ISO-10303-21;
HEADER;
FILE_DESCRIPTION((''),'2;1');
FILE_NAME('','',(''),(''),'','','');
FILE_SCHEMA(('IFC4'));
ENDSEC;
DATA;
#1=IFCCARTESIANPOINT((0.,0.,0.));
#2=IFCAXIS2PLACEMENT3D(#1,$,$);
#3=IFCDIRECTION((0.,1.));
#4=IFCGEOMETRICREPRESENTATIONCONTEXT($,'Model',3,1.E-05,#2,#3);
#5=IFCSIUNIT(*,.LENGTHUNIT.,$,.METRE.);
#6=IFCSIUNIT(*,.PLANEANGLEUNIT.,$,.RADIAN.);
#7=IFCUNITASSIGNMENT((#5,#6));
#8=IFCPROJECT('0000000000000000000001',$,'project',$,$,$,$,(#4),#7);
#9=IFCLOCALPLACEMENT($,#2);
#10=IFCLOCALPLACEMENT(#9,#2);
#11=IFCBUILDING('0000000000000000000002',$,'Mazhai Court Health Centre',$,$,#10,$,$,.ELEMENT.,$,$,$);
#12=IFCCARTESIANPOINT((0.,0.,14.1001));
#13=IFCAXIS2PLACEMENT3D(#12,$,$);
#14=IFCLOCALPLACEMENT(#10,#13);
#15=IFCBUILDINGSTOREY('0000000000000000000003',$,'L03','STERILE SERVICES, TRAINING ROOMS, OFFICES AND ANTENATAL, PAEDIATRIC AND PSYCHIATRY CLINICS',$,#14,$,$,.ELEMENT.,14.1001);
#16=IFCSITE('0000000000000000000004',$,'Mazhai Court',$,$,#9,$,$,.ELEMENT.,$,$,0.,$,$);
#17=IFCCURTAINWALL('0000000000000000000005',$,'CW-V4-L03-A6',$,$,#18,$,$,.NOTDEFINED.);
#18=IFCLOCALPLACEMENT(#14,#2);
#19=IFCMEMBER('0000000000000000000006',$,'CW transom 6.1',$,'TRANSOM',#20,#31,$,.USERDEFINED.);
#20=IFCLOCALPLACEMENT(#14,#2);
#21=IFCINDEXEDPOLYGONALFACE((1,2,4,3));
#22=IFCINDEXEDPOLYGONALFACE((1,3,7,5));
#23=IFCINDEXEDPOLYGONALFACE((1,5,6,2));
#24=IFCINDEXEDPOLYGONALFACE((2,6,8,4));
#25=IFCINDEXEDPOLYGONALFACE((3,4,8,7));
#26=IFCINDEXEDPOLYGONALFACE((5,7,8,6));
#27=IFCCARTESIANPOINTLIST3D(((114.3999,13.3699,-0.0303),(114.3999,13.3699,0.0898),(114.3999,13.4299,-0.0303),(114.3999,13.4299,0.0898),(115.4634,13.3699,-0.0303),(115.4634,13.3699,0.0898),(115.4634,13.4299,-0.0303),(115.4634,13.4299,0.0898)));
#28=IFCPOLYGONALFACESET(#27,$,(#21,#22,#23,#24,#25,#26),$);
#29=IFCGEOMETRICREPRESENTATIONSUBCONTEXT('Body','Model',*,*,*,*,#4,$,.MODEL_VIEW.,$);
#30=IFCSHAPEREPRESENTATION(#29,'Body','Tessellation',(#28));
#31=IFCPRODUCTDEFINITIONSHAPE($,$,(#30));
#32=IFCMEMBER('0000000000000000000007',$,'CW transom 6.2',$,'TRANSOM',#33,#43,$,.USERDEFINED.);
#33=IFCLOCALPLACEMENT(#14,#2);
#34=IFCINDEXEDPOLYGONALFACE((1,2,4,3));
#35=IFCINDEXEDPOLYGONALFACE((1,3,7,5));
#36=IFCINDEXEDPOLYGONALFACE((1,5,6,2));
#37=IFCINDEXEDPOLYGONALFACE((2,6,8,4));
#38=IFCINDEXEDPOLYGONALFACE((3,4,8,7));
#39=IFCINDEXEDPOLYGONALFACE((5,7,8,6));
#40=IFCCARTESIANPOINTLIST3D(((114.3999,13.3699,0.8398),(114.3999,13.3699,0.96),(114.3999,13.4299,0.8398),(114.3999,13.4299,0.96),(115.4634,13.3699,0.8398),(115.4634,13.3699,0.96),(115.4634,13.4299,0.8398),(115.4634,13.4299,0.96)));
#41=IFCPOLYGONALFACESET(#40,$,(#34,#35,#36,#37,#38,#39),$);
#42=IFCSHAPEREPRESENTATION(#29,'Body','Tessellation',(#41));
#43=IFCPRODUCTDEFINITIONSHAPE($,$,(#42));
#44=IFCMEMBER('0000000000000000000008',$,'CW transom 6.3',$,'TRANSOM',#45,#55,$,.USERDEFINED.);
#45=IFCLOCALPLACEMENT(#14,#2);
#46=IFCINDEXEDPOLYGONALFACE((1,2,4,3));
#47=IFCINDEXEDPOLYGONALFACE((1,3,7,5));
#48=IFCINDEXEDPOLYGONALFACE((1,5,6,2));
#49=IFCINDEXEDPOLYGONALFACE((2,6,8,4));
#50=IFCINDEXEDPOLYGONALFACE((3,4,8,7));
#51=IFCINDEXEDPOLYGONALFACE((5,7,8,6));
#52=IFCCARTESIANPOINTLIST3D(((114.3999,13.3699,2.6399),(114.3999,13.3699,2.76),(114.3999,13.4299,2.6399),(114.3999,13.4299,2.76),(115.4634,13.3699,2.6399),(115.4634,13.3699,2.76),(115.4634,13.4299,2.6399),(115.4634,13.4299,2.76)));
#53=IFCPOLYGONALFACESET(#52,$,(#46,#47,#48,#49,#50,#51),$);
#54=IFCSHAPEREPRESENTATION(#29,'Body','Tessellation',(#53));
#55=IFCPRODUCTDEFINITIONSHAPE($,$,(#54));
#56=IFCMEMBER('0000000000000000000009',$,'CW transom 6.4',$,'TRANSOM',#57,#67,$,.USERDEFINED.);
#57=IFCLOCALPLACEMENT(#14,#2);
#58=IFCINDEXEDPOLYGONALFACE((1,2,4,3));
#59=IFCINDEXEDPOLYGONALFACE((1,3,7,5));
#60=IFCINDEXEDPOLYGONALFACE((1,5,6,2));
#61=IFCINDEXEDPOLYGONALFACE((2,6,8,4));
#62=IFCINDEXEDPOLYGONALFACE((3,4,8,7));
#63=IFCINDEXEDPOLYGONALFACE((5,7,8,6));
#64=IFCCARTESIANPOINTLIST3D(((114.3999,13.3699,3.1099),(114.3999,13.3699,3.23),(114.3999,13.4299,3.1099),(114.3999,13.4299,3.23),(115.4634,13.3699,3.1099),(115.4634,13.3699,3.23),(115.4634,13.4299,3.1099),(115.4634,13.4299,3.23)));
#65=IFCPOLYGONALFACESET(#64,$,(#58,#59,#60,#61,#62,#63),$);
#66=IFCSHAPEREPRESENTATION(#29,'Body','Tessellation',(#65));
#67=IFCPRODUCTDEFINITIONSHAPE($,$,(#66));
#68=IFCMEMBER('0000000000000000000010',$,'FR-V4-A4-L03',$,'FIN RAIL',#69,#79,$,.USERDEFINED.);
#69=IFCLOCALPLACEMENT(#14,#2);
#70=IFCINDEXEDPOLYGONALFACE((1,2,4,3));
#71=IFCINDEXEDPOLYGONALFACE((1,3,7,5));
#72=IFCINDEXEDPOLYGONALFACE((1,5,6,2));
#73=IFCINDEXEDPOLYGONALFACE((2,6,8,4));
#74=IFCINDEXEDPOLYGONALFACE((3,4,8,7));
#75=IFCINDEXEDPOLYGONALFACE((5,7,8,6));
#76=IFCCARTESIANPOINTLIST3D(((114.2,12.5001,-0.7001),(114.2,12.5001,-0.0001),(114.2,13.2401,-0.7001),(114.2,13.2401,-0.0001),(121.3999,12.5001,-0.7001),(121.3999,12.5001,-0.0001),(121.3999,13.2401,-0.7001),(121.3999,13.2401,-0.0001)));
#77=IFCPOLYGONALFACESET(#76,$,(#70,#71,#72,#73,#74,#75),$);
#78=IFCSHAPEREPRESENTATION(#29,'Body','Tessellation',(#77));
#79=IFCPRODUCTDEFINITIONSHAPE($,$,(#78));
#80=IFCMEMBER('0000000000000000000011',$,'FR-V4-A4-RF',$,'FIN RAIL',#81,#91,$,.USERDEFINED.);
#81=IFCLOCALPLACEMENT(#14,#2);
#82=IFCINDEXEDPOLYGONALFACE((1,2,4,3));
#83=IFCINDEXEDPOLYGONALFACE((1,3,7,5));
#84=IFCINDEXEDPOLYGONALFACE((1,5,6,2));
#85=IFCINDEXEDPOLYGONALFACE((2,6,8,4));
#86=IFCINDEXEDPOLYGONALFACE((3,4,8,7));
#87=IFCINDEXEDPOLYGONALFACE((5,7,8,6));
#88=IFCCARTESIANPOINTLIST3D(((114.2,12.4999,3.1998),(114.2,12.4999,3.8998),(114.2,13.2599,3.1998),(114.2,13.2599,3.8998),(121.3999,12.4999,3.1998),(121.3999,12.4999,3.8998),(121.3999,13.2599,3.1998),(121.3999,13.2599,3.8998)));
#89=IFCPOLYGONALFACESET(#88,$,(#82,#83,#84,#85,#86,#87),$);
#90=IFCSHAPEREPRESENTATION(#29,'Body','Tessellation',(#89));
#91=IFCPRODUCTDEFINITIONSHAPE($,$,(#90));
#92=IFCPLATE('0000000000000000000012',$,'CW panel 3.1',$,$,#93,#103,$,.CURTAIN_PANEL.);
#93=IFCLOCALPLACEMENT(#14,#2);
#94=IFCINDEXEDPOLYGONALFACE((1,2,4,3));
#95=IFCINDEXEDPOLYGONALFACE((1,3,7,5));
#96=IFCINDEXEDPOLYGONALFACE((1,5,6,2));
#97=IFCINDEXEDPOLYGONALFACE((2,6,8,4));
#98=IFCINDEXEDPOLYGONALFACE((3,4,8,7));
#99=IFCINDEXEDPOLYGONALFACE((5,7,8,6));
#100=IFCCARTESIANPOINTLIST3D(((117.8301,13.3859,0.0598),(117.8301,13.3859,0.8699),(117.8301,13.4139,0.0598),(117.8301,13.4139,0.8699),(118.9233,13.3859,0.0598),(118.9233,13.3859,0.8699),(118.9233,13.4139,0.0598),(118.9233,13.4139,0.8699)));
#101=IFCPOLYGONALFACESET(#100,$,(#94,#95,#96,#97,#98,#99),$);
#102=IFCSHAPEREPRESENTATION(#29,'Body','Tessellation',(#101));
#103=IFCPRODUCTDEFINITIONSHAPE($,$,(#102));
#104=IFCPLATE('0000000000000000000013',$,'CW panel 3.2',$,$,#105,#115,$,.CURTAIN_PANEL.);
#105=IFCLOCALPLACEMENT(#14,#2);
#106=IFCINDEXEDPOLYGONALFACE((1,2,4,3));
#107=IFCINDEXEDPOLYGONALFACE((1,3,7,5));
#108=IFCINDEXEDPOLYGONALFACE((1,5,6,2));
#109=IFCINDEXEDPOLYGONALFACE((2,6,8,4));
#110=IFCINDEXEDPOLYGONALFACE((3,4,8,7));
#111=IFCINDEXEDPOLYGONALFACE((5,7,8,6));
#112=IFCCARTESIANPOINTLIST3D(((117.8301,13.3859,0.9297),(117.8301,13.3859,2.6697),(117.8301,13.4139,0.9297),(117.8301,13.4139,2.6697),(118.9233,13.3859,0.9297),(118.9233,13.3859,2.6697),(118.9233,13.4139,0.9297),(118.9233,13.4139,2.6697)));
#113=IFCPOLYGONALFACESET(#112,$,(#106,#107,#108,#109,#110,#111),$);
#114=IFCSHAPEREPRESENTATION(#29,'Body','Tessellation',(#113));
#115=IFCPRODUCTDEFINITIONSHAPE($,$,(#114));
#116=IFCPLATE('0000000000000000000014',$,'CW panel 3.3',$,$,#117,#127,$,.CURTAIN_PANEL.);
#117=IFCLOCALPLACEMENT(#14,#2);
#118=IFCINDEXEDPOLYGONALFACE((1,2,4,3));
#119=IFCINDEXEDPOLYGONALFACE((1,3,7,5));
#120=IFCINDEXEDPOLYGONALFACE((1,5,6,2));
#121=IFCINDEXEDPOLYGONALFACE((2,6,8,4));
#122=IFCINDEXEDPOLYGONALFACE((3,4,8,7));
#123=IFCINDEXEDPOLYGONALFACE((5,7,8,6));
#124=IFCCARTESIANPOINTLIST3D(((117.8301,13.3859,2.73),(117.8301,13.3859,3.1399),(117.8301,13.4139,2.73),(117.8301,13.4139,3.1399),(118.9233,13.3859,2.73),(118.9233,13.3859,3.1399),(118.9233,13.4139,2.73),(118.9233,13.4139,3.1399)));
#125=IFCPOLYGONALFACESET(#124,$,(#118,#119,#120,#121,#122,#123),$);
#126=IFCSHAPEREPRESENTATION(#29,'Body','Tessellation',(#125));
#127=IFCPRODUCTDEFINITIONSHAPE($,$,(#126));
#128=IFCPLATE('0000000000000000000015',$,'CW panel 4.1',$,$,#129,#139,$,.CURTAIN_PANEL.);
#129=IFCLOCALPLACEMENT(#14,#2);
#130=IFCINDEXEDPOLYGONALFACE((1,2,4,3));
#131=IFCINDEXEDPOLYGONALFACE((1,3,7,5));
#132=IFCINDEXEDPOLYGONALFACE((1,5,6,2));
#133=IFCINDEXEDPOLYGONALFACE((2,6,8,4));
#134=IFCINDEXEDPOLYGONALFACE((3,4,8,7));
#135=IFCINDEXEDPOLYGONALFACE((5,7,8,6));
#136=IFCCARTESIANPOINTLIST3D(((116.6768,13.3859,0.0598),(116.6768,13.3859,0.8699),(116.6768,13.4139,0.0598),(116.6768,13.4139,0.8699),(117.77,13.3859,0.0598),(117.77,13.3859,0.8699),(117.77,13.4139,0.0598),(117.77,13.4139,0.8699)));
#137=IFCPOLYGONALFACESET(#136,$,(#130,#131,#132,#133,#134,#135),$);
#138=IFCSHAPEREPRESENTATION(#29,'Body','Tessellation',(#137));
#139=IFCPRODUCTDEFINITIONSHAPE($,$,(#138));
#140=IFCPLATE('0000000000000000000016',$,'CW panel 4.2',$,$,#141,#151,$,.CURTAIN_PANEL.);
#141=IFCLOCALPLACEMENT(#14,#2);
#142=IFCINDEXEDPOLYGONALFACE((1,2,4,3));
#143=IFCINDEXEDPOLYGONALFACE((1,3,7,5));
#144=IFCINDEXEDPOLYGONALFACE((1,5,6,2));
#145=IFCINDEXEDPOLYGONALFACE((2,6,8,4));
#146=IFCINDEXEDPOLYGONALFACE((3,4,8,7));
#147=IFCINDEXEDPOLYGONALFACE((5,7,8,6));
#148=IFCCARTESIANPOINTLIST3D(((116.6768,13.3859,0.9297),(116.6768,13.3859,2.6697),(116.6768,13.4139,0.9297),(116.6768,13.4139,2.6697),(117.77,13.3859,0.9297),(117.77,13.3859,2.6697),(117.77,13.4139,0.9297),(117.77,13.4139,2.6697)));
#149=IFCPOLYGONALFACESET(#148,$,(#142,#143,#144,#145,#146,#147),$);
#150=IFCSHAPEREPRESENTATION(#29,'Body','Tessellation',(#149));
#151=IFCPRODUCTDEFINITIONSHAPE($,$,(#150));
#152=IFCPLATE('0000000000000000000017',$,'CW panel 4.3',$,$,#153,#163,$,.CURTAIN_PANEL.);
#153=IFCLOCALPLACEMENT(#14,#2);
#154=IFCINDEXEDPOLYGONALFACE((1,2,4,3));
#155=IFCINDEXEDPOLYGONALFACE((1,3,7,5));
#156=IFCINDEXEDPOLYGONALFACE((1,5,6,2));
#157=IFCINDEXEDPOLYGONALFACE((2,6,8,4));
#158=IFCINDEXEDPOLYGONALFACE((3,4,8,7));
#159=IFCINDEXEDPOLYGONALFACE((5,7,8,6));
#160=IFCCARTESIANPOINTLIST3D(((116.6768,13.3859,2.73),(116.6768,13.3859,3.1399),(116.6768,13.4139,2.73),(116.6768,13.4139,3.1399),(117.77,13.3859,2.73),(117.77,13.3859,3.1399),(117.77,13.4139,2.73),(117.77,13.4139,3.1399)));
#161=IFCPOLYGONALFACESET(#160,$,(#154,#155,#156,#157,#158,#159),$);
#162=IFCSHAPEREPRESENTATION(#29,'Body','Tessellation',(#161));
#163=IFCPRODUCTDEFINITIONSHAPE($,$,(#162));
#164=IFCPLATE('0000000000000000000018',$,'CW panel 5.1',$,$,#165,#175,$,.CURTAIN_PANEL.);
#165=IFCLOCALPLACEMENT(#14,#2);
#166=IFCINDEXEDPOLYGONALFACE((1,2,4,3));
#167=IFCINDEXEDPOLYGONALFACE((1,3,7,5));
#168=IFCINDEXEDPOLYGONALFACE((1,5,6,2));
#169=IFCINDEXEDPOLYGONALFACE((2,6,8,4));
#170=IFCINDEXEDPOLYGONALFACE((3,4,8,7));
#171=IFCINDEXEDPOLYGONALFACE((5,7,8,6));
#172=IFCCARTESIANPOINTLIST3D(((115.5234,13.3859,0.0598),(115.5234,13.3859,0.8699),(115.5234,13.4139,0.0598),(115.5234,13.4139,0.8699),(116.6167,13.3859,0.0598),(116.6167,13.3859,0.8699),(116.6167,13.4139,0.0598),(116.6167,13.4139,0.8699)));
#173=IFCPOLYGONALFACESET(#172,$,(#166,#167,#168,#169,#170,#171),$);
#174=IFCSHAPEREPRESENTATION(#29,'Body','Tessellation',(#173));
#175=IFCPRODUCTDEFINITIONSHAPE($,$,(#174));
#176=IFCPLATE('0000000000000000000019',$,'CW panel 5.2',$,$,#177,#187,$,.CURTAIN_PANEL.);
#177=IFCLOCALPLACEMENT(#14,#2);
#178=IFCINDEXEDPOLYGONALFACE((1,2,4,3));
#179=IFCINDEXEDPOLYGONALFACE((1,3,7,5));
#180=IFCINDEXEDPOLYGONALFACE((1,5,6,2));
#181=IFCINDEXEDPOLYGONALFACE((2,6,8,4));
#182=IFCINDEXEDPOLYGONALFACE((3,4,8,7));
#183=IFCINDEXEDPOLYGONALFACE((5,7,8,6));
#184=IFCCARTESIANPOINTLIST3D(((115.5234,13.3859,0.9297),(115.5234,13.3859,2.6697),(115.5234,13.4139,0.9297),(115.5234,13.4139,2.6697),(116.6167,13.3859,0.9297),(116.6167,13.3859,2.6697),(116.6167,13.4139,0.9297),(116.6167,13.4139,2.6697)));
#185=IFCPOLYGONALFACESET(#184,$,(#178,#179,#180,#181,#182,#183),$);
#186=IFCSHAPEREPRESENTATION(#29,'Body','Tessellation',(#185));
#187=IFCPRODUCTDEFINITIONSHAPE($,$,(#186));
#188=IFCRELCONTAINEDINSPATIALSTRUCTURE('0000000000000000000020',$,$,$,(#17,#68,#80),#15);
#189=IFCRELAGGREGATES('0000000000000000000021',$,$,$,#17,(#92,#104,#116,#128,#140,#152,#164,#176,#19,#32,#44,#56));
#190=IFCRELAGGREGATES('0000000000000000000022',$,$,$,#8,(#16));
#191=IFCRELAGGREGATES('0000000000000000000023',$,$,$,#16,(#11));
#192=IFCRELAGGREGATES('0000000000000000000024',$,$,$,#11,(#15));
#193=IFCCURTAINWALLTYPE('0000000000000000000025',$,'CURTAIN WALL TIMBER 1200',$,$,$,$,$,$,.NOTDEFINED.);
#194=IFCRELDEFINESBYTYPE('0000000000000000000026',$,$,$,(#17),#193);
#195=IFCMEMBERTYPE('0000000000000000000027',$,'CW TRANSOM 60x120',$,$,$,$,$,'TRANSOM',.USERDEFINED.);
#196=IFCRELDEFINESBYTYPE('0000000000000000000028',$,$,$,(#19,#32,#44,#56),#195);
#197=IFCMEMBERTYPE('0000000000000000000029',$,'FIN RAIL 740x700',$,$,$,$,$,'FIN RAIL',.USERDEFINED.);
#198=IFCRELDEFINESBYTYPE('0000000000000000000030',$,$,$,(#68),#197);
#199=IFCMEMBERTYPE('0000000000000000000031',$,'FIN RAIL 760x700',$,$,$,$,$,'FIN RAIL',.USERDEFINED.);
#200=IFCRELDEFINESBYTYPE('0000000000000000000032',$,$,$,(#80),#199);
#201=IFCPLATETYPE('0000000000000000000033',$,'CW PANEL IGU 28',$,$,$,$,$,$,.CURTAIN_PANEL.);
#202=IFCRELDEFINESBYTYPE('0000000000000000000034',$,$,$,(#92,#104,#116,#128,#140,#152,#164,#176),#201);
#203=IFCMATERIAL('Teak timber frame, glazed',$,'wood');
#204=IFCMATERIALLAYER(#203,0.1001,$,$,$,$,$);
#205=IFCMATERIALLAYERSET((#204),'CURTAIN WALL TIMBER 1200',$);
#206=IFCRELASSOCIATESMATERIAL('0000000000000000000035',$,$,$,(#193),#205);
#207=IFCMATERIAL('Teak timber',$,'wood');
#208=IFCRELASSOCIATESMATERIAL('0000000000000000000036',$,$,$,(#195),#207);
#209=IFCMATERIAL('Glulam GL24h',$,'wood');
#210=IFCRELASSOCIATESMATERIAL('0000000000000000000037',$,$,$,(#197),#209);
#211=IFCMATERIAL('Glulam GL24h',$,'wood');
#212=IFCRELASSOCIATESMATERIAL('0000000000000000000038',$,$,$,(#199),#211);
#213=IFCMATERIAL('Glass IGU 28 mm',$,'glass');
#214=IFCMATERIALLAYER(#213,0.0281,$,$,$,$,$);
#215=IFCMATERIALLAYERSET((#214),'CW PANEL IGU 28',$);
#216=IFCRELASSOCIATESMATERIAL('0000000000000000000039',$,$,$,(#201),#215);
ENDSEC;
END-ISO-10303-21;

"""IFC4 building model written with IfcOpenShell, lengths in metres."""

from ifc_helpers import new_model, si_unit, direction, frame, origin, origin_2d, place, context, subcontext, project, spatial, rectangle, extrude, material, layer, layer_set, material_profile, profile_set, type_object, element, aggregate, save


model = new_model("IFC4")

# Units and contexts
model_context = context("Model", 3, precision=1e-05, world=origin(), true_north=direction((0.0, 1.0)))
body_context = subcontext(model_context, "Body", "Model", "MODEL_VIEW")
ifc_project = project(units=[si_unit("LENGTHUNIT", "METRE"), si_unit("PLANEANGLEUNIT", "RADIAN")], contexts=[model_context])

# Site, building, storey
site_placement = place(None, origin())
site = spatial("IfcSite", under=ifc_project, at=site_placement, Name="Mazhai Court", CompositionType="ELEMENT", RefElevation=0.0)
building_placement = place(site_placement, origin())
building = spatial("IfcBuilding", under=site, at=building_placement, Name="Mazhai Court Health Centre", CompositionType="ELEMENT")
storey_placement = place(building_placement, frame((0.0, 0.0, 14.1001)))
storey = spatial("IfcBuildingStorey", under=building, at=storey_placement, Name="L03", Description="STERILE SERVICES, TRAINING ROOMS, OFFICES AND ANTENATAL, PAEDIATRIC AND PSYCHIATRY CLINICS", CompositionType="ELEMENT", Elevation=14.1001)

# Curtain wall, members
ifc_material_1 = material(Name="Teak timber frame, glazed", Category="wood")
ifc_layer_1 = layer(ifc_material_1, 0.1001)
ifc_layer_set_1 = layer_set([ifc_layer_1], Name="CURTAIN WALL TIMBER 1200")
curtain_wall_type = type_object("IfcCurtainWallType", Name="CURTAIN WALL TIMBER 1200", PredefinedType="NOTDEFINED", material=ifc_layer_set_1)
curtain_wall_placement = place(storey_placement, origin())
curtain_wall = element("IfcCurtainWall", 1, at=curtain_wall_placement, inside=storey, type_object=curtain_wall_type, Name="CW-V4-L03-A6", PredefinedType="NOTDEFINED")
ifc_material_2 = material(Name="Teak timber", Category="wood")
ifc_material_profile_1 = material_profile(ifc_material_2, rectangle(XDim=0.0601, YDim=0.1201, at=origin_2d()), Name="CW TRANSOM 60x120")
ifc_profile_set_1 = profile_set([ifc_material_profile_1], Name="Teak timber")
member_type_1 = type_object("IfcMemberType", Name="CW TRANSOM 60x120", ElementType="TRANSOM", PredefinedType="USERDEFINED", material=ifc_profile_set_1)
member_1_placement = place(storey_placement, frame((115.4634, 13.3999, 0.0298), z_axis=(-1.0, 0.0, 0.0), x_axis=(0.0, -1.0, 0.0)))
member_1 = element("IfcMember", 2, at=member_1_placement, type_object=member_type_1, Name="CW transom 6.1", ObjectType="TRANSOM", PredefinedType="USERDEFINED", context=body_context, shape_type="SweptSolid", body=[
    extrude(rectangle(XDim=0.0601, YDim=0.1201, at=origin_2d()), origin(), (0.0, 0.0, 1.0), 1.0635),
])
member_2_placement = place(storey_placement, frame((115.4634, 13.3999, 0.8999), z_axis=(-1.0, 0.0, 0.0), x_axis=(0.0, -1.0, 0.0)))
member_2 = element("IfcMember", 3, at=member_2_placement, type_object=member_type_1, Name="CW transom 6.2", ObjectType="TRANSOM", PredefinedType="USERDEFINED", context=body_context, shape_type="SweptSolid", body=[
    extrude(rectangle(XDim=0.0601, YDim=0.1201, at=origin_2d()), origin(), (0.0, 0.0, 1.0), 1.0635),
])
member_3_placement = place(storey_placement, frame((115.4634, 13.3999, 2.7), z_axis=(-1.0, 0.0, 0.0), x_axis=(0.0, -1.0, 0.0)))
member_3 = element("IfcMember", 4, at=member_3_placement, type_object=member_type_1, Name="CW transom 6.3", ObjectType="TRANSOM", PredefinedType="USERDEFINED", context=body_context, shape_type="SweptSolid", body=[
    extrude(rectangle(XDim=0.0601, YDim=0.1201, at=origin_2d()), origin(), (0.0, 0.0, 1.0), 1.0635),
])
member_4_placement = place(storey_placement, frame((115.4634, 13.3999, 3.1699), z_axis=(-1.0, 0.0, 0.0), x_axis=(0.0, -1.0, 0.0)))
member_4 = element("IfcMember", 5, at=member_4_placement, type_object=member_type_1, Name="CW transom 6.4", ObjectType="TRANSOM", PredefinedType="USERDEFINED", context=body_context, shape_type="SweptSolid", body=[
    extrude(rectangle(XDim=0.0601, YDim=0.1201, at=origin_2d()), origin(), (0.0, 0.0, 1.0), 1.0635),
])

# Members
ifc_material_3 = material(Name="Glulam GL24h", Category="wood")
ifc_material_profile_2 = material_profile(ifc_material_3, rectangle(XDim=0.74, YDim=0.7, at=origin_2d()), Name="FIN RAIL 740x700")
ifc_profile_set_2 = profile_set([ifc_material_profile_2], Name="Glulam GL24h")
member_type_2 = type_object("IfcMemberType", Name="FIN RAIL 740x700", ElementType="FIN RAIL", PredefinedType="USERDEFINED", material=ifc_profile_set_2)
member_5_placement = place(storey_placement, frame((121.3999, 12.8701, -0.3501), z_axis=(-1.0, 0.0, 0.0), x_axis=(0.0, -1.0, 0.0)))
element("IfcMember", 6, at=member_5_placement, inside=storey, type_object=member_type_2, Name="FR-V4-A4-L03", ObjectType="FIN RAIL", PredefinedType="USERDEFINED", context=body_context, shape_type="SweptSolid", body=[
    extrude(rectangle(XDim=0.74, YDim=0.7, at=origin_2d()), origin(), (0.0, 0.0, 1.0), 7.2),
])
ifc_material_4 = material(Name="Glulam GL24h", Category="wood")
ifc_material_profile_3 = material_profile(ifc_material_4, rectangle(XDim=0.76, YDim=0.7, at=origin_2d()), Name="FIN RAIL 760x700")
ifc_profile_set_3 = profile_set([ifc_material_profile_3], Name="Glulam GL24h")
member_type_3 = type_object("IfcMemberType", Name="FIN RAIL 760x700", ElementType="FIN RAIL", PredefinedType="USERDEFINED", material=ifc_profile_set_3)
member_6_placement = place(storey_placement, frame((121.3999, 12.8799, 3.5498), z_axis=(-1.0, 0.0, 0.0), x_axis=(0.0, -1.0, 0.0)))
element("IfcMember", 7, at=member_6_placement, inside=storey, type_object=member_type_3, Name="FR-V4-A4-RF", ObjectType="FIN RAIL", PredefinedType="USERDEFINED", context=body_context, shape_type="SweptSolid", body=[
    extrude(rectangle(XDim=0.76, YDim=0.7, at=origin_2d()), origin(), (0.0, 0.0, 1.0), 7.2),
])

# Plates
ifc_material_5 = material(Name="Glass IGU 28 mm", Category="glass")
ifc_layer_2 = layer(ifc_material_5, 0.0281)
ifc_layer_set_2 = layer_set([ifc_layer_2], Name="CW PANEL IGU 28")
plate_type = type_object("IfcPlateType", Name="CW PANEL IGU 28", PredefinedType="CURTAIN_PANEL", material=ifc_layer_set_2)
plate_1_placement = place(storey_placement, frame((118.3767, 13.3999, 0.0598), z_axis=(0.0, 0.0, 1.0), x_axis=(-1.0, 0.0, 0.0)))
plate_1 = element("IfcPlate", 8, at=plate_1_placement, type_object=plate_type, Name="CW panel 3.1", PredefinedType="CURTAIN_PANEL", context=body_context, shape_type="SweptSolid", body=[
    extrude(rectangle(XDim=1.0933, YDim=0.0281, at=origin_2d()), origin(), (0.0, 0.0, 1.0), 0.8101),
])
plate_2_placement = place(storey_placement, frame((118.3767, 13.3999, 0.9297), z_axis=(0.0, 0.0, 1.0), x_axis=(-1.0, 0.0, 0.0)))
plate_2 = element("IfcPlate", 9, at=plate_2_placement, type_object=plate_type, Name="CW panel 3.2", PredefinedType="CURTAIN_PANEL", context=body_context, shape_type="SweptSolid", body=[
    extrude(rectangle(XDim=1.0933, YDim=0.0281, at=origin_2d()), origin(), (0.0, 0.0, 1.0), 1.74),
])
plate_3_placement = place(storey_placement, frame((118.3767, 13.3999, 2.73), z_axis=(0.0, 0.0, 1.0), x_axis=(-1.0, 0.0, 0.0)))
plate_3 = element("IfcPlate", 10, at=plate_3_placement, type_object=plate_type, Name="CW panel 3.3", PredefinedType="CURTAIN_PANEL", context=body_context, shape_type="SweptSolid", body=[
    extrude(rectangle(XDim=1.0933, YDim=0.0281, at=origin_2d()), origin(), (0.0, 0.0, 1.0), 0.4099),
])
plate_4_placement = place(storey_placement, frame((117.2234, 13.3999, 0.0598), z_axis=(0.0, 0.0, 1.0), x_axis=(-1.0, 0.0, 0.0)))
plate_4 = element("IfcPlate", 11, at=plate_4_placement, type_object=plate_type, Name="CW panel 4.1", PredefinedType="CURTAIN_PANEL", context=body_context, shape_type="SweptSolid", body=[
    extrude(rectangle(XDim=1.0933, YDim=0.0281, at=origin_2d()), origin(), (0.0, 0.0, 1.0), 0.8101),
])
plate_5_placement = place(storey_placement, frame((117.2234, 13.3999, 0.9297), z_axis=(0.0, 0.0, 1.0), x_axis=(-1.0, 0.0, 0.0)))
plate_5 = element("IfcPlate", 12, at=plate_5_placement, type_object=plate_type, Name="CW panel 4.2", PredefinedType="CURTAIN_PANEL", context=body_context, shape_type="SweptSolid", body=[
    extrude(rectangle(XDim=1.0933, YDim=0.0281, at=origin_2d()), origin(), (0.0, 0.0, 1.0), 1.74),
])
plate_6_placement = place(storey_placement, frame((117.2234, 13.3999, 2.73), z_axis=(0.0, 0.0, 1.0), x_axis=(-1.0, 0.0, 0.0)))
plate_6 = element("IfcPlate", 13, at=plate_6_placement, type_object=plate_type, Name="CW panel 4.3", PredefinedType="CURTAIN_PANEL", context=body_context, shape_type="SweptSolid", body=[
    extrude(rectangle(XDim=1.0933, YDim=0.0281, at=origin_2d()), origin(), (0.0, 0.0, 1.0), 0.4099),
])
plate_7_placement = place(storey_placement, frame((116.0701, 13.3999, 0.0598), z_axis=(0.0, 0.0, 1.0), x_axis=(-1.0, 0.0, 0.0)))
plate_7 = element("IfcPlate", 14, at=plate_7_placement, type_object=plate_type, Name="CW panel 5.1", PredefinedType="CURTAIN_PANEL", context=body_context, shape_type="SweptSolid", body=[
    extrude(rectangle(XDim=1.0933, YDim=0.0281, at=origin_2d()), origin(), (0.0, 0.0, 1.0), 0.8101),
])
plate_8_placement = place(storey_placement, frame((116.0701, 13.3999, 0.9297), z_axis=(0.0, 0.0, 1.0), x_axis=(-1.0, 0.0, 0.0)))
plate_8 = element("IfcPlate", 15, at=plate_8_placement, type_object=plate_type, Name="CW panel 5.2", PredefinedType="CURTAIN_PANEL", context=body_context, shape_type="SweptSolid", body=[
    extrude(rectangle(XDim=1.0933, YDim=0.0281, at=origin_2d()), origin(), (0.0, 0.0, 1.0), 1.74),
])
aggregate(curtain_wall, [plate_1, plate_2, plate_3, plate_4, plate_5, plate_6, plate_7, plate_8, member_1, member_2, member_3, member_4])

save(model, "model.ifc")
